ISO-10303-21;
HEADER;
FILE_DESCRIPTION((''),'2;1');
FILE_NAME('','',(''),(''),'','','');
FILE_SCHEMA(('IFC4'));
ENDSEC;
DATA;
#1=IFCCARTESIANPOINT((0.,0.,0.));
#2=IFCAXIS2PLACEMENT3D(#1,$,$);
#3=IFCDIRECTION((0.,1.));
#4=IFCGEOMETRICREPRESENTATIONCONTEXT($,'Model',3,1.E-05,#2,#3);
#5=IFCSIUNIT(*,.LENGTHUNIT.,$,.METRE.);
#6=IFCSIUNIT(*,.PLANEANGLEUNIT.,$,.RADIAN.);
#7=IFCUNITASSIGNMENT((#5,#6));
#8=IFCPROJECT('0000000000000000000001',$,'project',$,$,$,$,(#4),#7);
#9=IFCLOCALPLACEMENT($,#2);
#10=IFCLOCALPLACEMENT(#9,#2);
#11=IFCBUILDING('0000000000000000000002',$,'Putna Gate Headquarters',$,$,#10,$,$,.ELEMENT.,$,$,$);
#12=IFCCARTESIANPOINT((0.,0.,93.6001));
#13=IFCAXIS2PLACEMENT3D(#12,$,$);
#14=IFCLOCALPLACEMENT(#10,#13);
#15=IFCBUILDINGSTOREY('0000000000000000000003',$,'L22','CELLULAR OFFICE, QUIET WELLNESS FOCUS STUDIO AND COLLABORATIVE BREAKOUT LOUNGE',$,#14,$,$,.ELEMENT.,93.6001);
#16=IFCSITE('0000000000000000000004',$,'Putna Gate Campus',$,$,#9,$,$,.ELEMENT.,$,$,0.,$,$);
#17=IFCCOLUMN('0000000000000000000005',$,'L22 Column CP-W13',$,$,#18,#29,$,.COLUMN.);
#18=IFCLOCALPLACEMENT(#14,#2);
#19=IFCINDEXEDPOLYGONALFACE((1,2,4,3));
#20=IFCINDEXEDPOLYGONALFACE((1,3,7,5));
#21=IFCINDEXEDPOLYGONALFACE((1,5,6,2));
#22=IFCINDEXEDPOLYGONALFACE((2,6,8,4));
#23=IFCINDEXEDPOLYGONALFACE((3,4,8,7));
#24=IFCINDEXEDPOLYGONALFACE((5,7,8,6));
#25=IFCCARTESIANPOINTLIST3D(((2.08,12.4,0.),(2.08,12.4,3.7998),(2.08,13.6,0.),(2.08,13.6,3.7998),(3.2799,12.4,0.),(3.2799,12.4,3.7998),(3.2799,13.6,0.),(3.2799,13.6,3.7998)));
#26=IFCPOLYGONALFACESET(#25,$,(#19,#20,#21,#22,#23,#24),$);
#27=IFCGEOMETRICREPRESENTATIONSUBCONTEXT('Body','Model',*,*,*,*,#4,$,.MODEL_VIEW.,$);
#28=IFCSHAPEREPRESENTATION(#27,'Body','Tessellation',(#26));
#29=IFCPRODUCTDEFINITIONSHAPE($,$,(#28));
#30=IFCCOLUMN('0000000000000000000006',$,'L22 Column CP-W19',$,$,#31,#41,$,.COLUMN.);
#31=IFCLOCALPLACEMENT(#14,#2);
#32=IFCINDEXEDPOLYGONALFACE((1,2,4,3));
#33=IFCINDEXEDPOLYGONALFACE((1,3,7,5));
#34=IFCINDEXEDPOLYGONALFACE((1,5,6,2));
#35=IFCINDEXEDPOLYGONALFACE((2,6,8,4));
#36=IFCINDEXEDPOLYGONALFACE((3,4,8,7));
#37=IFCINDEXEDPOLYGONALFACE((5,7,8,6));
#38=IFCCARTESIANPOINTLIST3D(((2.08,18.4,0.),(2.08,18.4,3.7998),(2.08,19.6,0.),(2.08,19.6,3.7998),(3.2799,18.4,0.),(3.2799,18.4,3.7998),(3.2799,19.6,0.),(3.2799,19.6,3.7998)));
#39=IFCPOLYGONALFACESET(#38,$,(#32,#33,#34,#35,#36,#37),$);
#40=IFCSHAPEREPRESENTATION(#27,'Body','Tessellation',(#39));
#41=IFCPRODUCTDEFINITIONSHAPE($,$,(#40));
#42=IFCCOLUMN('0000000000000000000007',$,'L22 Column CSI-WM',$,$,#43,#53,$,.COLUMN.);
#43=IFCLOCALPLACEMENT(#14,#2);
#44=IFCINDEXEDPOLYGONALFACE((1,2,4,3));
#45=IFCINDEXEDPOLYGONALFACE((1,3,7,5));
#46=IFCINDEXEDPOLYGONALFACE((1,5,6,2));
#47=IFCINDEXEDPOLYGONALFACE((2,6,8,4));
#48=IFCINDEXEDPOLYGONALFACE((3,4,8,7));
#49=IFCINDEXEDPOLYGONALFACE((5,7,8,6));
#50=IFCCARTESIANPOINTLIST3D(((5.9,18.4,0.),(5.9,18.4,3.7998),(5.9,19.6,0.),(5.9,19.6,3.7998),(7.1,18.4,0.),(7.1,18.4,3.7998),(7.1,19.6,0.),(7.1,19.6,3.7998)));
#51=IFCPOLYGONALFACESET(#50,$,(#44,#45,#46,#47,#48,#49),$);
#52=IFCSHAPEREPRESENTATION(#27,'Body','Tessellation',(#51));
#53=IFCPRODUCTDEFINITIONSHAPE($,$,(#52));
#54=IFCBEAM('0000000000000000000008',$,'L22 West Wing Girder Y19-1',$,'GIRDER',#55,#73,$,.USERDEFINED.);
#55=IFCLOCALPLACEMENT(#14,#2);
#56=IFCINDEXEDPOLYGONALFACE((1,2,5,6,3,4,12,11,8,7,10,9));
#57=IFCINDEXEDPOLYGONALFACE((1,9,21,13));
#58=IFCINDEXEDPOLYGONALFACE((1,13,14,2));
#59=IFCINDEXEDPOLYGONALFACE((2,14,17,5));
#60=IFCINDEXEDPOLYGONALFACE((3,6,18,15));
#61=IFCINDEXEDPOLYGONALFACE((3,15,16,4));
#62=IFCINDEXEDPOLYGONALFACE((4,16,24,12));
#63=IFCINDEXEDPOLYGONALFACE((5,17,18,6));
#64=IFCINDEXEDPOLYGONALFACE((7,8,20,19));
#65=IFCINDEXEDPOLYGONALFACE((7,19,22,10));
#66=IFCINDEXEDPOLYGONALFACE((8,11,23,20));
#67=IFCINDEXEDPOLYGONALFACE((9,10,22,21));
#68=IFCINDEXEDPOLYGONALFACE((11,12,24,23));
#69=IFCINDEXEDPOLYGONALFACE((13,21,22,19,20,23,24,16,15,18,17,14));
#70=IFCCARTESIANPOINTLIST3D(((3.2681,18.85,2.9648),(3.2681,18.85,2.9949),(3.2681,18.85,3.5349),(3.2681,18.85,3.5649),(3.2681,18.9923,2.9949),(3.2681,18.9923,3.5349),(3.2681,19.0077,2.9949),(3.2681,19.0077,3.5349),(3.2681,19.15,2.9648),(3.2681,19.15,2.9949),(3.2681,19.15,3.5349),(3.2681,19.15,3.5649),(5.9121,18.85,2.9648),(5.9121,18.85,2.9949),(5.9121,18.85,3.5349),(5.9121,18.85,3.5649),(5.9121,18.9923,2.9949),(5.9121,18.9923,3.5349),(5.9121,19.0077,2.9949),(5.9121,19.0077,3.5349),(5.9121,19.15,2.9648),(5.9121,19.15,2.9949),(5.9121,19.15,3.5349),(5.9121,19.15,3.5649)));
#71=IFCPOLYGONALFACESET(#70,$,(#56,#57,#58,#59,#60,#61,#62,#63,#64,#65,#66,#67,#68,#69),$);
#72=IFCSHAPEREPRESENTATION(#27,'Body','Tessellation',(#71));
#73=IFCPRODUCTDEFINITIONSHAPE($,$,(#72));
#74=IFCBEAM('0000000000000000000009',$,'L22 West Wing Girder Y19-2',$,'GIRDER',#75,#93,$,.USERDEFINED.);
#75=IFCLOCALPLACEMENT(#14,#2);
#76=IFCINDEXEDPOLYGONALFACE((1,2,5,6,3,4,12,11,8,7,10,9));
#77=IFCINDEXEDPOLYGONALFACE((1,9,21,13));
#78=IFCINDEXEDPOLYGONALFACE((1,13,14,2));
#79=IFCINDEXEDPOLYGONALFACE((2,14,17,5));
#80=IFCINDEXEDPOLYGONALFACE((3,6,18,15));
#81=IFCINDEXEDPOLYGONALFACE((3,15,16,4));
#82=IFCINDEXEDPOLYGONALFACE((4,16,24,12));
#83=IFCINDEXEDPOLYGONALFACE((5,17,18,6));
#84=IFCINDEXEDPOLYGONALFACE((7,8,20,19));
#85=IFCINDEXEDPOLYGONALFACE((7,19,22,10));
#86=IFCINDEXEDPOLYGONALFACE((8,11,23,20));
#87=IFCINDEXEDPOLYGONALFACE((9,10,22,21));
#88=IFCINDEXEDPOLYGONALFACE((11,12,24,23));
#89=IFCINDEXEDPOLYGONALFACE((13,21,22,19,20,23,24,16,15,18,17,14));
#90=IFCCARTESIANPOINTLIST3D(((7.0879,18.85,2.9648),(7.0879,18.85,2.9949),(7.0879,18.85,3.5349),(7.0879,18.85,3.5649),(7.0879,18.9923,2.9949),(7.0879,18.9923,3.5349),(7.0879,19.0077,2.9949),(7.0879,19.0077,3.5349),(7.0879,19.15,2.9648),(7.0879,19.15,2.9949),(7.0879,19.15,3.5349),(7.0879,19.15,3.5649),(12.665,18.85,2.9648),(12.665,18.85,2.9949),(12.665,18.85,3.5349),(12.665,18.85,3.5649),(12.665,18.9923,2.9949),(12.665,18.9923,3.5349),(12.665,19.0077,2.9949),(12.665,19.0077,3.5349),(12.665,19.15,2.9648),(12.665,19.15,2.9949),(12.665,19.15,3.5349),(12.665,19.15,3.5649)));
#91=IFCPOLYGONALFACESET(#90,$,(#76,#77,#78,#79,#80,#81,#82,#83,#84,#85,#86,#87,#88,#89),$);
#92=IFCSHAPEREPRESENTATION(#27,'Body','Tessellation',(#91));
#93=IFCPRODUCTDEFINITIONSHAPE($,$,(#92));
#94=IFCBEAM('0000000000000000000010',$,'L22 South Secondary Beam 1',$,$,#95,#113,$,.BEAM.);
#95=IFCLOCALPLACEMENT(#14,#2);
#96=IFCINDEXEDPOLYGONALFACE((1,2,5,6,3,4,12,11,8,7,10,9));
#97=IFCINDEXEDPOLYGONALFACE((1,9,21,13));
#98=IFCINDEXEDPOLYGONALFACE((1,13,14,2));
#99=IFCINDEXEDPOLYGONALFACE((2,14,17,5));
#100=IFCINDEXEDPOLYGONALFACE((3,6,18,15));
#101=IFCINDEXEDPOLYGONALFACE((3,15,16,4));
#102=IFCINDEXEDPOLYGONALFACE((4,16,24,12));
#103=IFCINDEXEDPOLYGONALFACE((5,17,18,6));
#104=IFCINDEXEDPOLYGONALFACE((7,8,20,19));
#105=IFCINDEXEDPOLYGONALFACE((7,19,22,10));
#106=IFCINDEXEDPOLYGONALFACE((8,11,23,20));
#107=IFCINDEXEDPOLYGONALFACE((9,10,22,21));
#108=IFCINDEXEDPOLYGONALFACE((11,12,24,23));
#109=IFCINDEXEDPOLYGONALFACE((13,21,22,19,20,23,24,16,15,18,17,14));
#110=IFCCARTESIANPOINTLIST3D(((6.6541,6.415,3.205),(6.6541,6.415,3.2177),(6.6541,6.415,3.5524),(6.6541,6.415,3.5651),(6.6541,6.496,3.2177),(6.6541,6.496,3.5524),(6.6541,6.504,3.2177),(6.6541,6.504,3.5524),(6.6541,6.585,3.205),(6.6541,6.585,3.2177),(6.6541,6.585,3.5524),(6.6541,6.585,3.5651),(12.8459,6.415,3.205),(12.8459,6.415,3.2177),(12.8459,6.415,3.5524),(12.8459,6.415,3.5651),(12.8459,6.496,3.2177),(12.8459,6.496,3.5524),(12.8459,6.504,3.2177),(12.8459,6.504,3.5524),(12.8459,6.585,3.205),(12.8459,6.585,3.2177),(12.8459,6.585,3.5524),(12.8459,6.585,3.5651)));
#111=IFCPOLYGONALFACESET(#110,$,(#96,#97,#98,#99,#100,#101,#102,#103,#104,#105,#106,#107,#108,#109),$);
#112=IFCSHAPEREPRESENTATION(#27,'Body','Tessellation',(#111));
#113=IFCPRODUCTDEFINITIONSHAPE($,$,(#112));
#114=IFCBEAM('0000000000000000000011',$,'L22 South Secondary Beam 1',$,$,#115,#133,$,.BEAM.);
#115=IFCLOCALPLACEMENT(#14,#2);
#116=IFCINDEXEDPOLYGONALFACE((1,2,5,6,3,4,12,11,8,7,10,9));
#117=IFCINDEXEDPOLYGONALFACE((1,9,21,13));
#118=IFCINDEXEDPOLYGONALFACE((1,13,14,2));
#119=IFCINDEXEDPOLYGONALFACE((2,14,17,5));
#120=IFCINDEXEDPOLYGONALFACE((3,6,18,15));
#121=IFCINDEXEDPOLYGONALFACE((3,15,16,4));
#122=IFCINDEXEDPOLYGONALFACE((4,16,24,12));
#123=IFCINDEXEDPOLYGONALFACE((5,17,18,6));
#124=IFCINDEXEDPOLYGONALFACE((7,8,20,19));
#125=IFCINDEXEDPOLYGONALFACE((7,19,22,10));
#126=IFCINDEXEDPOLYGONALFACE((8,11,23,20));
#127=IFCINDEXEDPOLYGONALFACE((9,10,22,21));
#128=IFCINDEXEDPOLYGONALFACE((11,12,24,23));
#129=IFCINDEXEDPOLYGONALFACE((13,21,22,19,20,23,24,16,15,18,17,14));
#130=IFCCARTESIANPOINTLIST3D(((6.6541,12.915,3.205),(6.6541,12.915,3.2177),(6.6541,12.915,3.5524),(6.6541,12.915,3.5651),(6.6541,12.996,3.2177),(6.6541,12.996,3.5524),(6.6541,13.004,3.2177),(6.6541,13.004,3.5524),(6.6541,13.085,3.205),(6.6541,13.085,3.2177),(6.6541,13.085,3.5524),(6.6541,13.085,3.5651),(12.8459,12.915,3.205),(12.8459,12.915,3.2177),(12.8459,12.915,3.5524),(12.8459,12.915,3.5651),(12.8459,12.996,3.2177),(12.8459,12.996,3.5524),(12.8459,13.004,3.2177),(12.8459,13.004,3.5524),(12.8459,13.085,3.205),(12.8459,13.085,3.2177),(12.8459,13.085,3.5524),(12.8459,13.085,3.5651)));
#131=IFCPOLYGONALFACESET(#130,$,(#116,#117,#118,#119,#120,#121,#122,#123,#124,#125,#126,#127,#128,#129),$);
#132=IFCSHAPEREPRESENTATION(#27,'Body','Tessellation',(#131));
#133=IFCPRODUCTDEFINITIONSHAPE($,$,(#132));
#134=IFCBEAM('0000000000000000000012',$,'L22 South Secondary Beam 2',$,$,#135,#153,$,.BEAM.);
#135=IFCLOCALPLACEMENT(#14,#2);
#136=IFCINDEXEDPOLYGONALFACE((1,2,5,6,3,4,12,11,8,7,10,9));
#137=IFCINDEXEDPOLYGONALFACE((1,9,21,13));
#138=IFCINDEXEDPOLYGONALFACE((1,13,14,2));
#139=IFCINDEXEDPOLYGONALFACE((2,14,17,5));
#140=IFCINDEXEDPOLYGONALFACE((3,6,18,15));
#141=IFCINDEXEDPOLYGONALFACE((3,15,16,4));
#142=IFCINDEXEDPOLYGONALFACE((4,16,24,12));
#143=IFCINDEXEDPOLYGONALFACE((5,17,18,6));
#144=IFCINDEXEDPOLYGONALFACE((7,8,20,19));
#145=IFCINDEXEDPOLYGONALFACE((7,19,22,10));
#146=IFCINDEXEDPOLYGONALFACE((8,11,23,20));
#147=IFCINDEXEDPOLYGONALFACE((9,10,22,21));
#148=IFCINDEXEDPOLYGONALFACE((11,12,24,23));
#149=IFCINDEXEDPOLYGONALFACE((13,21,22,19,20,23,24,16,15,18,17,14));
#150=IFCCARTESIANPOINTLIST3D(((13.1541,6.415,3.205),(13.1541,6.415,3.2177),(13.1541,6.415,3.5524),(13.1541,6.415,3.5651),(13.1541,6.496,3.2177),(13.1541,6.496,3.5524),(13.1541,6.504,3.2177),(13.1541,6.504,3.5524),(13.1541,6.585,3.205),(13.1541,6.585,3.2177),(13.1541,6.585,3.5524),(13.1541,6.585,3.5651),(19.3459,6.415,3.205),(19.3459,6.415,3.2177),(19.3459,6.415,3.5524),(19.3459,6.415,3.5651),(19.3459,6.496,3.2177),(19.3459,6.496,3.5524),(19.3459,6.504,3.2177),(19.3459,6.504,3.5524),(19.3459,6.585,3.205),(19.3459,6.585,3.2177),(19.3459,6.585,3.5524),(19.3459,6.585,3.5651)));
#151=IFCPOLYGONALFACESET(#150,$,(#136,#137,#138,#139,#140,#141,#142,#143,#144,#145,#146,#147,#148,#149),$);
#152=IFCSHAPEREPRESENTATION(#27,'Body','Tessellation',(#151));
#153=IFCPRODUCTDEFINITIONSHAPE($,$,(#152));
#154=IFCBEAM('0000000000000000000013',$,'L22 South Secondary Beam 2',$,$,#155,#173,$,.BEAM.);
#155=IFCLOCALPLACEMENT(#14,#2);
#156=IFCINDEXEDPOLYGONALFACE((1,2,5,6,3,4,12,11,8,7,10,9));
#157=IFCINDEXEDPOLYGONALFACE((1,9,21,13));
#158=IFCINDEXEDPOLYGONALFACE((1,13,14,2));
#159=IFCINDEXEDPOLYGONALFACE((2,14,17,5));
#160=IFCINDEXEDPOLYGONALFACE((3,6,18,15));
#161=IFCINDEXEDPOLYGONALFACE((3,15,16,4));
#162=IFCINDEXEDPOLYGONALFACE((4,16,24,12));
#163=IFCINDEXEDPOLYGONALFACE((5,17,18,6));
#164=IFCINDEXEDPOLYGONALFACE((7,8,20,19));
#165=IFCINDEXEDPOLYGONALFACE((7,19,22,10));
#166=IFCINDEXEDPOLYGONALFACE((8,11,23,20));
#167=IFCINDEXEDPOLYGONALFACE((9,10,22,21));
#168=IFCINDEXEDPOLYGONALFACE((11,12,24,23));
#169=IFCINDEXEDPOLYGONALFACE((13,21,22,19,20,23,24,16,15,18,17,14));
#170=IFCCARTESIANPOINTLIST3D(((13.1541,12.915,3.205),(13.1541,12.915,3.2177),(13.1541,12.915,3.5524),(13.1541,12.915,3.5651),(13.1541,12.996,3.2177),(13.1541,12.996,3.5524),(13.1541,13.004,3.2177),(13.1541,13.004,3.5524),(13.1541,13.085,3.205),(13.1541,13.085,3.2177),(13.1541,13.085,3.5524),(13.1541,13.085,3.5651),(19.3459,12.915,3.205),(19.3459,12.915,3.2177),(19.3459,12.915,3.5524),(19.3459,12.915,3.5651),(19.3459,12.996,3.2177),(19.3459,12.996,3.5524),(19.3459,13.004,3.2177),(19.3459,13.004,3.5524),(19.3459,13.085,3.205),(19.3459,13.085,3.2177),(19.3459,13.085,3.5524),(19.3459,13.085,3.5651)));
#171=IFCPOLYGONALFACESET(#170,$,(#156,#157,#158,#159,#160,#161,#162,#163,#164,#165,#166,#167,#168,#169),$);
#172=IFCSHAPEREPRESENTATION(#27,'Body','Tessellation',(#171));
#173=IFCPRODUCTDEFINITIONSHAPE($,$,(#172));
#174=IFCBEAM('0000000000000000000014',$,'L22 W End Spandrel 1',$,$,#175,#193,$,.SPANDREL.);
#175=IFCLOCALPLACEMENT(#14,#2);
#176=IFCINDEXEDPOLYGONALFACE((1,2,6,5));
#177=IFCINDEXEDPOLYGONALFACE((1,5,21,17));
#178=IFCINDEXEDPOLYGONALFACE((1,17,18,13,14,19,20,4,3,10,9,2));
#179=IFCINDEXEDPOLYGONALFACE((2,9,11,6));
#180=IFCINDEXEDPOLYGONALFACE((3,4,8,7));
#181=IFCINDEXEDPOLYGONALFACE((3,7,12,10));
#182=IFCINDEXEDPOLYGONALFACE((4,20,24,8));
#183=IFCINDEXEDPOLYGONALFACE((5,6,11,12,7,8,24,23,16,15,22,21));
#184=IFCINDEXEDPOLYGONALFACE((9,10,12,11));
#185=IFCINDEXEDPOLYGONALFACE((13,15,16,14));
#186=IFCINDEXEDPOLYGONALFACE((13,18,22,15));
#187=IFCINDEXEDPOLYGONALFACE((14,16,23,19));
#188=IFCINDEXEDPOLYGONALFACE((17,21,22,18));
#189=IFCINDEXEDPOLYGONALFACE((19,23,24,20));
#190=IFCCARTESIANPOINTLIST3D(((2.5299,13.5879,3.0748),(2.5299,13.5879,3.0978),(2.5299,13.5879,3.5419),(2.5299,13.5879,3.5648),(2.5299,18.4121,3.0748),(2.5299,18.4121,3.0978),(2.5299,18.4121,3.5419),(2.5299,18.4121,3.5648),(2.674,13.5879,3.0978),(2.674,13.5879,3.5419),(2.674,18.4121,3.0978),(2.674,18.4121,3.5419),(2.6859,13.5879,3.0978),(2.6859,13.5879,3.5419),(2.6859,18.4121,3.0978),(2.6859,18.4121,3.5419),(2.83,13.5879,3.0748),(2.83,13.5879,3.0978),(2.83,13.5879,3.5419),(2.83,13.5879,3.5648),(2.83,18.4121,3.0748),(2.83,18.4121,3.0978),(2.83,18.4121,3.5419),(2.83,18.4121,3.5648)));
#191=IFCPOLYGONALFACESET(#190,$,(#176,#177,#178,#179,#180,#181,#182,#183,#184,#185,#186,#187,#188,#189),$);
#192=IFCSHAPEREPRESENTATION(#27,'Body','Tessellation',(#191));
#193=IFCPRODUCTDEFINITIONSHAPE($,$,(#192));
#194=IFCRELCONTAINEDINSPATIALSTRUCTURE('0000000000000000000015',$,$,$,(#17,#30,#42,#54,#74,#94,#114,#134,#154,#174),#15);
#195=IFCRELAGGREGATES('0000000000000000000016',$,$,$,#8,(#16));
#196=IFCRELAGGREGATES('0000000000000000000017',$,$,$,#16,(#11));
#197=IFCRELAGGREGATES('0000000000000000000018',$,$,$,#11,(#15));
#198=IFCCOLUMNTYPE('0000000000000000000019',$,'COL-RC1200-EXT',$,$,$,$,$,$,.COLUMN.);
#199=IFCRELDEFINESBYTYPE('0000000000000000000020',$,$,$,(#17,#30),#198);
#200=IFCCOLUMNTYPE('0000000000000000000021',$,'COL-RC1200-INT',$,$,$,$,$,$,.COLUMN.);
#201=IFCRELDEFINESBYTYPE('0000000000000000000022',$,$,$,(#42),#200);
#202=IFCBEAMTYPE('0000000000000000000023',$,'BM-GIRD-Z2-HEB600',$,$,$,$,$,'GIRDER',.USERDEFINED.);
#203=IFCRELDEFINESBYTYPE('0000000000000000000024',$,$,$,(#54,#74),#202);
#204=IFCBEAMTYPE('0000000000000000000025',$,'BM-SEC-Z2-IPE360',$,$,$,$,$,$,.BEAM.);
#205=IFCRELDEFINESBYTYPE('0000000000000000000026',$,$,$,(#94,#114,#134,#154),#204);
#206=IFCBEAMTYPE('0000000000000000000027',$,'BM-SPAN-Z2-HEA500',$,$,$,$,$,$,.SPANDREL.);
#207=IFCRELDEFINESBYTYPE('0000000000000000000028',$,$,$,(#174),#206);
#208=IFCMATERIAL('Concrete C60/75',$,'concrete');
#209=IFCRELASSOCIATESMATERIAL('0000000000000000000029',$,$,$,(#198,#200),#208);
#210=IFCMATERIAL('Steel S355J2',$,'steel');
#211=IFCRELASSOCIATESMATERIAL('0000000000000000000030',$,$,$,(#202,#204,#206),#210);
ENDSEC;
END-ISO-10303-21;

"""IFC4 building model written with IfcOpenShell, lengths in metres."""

from ifc_helpers import new_model, si_unit, direction, frame, origin, origin_2d, place, context, subcontext, project, spatial, rectangle, i_section, extrude, material, material_profile, profile_set, type_object, element, save


model = new_model("IFC4")

# Units and contexts
model_context = context("Model", 3, precision=1e-05, world=origin(), true_north=direction((0.0, 1.0)))
body_context = subcontext(model_context, "Body", "Model", "MODEL_VIEW")
ifc_project = project(units=[si_unit("LENGTHUNIT", "METRE"), si_unit("PLANEANGLEUNIT", "RADIAN")], contexts=[model_context])

# Site, building, storey
site_placement = place(None, origin())
site = spatial("IfcSite", under=ifc_project, at=site_placement, Name="Putna Gate Campus", CompositionType="ELEMENT", RefElevation=0.0)
building_placement = place(site_placement, origin())
building = spatial("IfcBuilding", under=site, at=building_placement, Name="Putna Gate Headquarters", CompositionType="ELEMENT")
storey_placement = place(building_placement, frame((0.0, 0.0, 93.6001)))
storey = spatial("IfcBuildingStorey", under=building, at=storey_placement, Name="L22", Description="CELLULAR OFFICE, QUIET WELLNESS FOCUS STUDIO AND COLLABORATIVE BREAKOUT LOUNGE", CompositionType="ELEMENT", Elevation=93.6001)

# Columns
ifc_material_1 = material(Name="Concrete C60/75", Category="concrete")
ifc_material_profile_1 = material_profile(ifc_material_1, rectangle(XDim=1.2, YDim=1.2, at=origin_2d()), Name="Concrete C60/75")
ifc_profile_set_1 = profile_set([ifc_material_profile_1], Name="Concrete C60/75")
column_type_1 = type_object("IfcColumnType", Name="COL-RC1200-EXT", PredefinedType="COLUMN", material=ifc_profile_set_1)
for number, where, z_axis, x_axis, name in (
    (1, (2.6799, 13.0, 0.0), (0.0, 0.0, 1.0), (1.0, 0.0, 0.0), "L22 Column CP-W13"),
    (2, (2.6799, 19.0, 0.0), (0.0, 0.0, 1.0), (1.0, 0.0, 0.0), "L22 Column CP-W19"),
):
    element("IfcColumn", number, at=place(storey_placement, frame(where, z_axis=z_axis, x_axis=x_axis)), inside=storey, type_object=column_type_1, Name=name, PredefinedType="COLUMN", context=body_context, shape_type="SweptSolid", body=[
        extrude(rectangle(XDim=1.2, YDim=1.2, at=origin_2d()), origin(), (0.0, 0.0, 1.0), 3.7998),
    ])
ifc_material_profile_2 = material_profile(ifc_material_1, rectangle(XDim=1.2, YDim=1.2, at=origin_2d()), Name="Concrete C60/75")
ifc_profile_set_2 = profile_set([ifc_material_profile_2], Name="Concrete C60/75")
column_type_2 = type_object("IfcColumnType", Name="COL-RC1200-INT", PredefinedType="COLUMN", material=ifc_profile_set_2)
column_placement = place(storey_placement, frame((6.5, 19.0, 0.0), z_axis=(0.0, 0.0, 1.0), x_axis=(1.0, 0.0, 0.0)))
element("IfcColumn", 3, at=column_placement, inside=storey, type_object=column_type_2, Name="L22 Column CSI-WM", PredefinedType="COLUMN", context=body_context, shape_type="SweptSolid", body=[
    extrude(rectangle(XDim=1.2, YDim=1.2, at=origin_2d()), origin(), (0.0, 0.0, 1.0), 3.7998),
])

# Beams
ifc_material_2 = material(Name="Steel S355J2", Category="steel")
ifc_material_profile_3 = material_profile(ifc_material_2, i_section(OverallWidth=0.3, OverallDepth=0.6001, WebThickness=0.0154, FlangeThickness=0.03, at=origin_2d()), Name="Steel S355J2")
ifc_profile_set_3 = profile_set([ifc_material_profile_3], Name="Steel S355J2")
beam_type_1 = type_object("IfcBeamType", Name="BM-GIRD-Z2-HEB600", ElementType="GIRDER", PredefinedType="USERDEFINED", material=ifc_profile_set_3)
beam_1_placement = place(storey_placement, frame((3.2681, 19.0, 3.2649), z_axis=(1.0, 0.0, 0.0), x_axis=(0.0, 1.0, 0.0)))
element("IfcBeam", 4, at=beam_1_placement, inside=storey, type_object=beam_type_1, Name="L22 West Wing Girder Y19-1", ObjectType="GIRDER", PredefinedType="USERDEFINED", context=body_context, shape_type="SweptSolid", body=[
    extrude(i_section(OverallWidth=0.3, OverallDepth=0.6001, WebThickness=0.0154, FlangeThickness=0.03, at=origin_2d()), origin(), (0.0, 0.0, 1.0), 2.644),
])
beam_2_placement = place(storey_placement, frame((7.0879, 19.0, 3.2649), z_axis=(1.0, 0.0, 0.0), x_axis=(0.0, 1.0, 0.0)))
element("IfcBeam", 5, at=beam_2_placement, inside=storey, type_object=beam_type_1, Name="L22 West Wing Girder Y19-2", ObjectType="GIRDER", PredefinedType="USERDEFINED", context=body_context, shape_type="SweptSolid", body=[
    extrude(i_section(OverallWidth=0.3, OverallDepth=0.6001, WebThickness=0.0154, FlangeThickness=0.03, at=origin_2d()), origin(), (0.0, 0.0, 1.0), 5.5771),
])
ifc_material_profile_4 = material_profile(ifc_material_2, i_section(OverallWidth=0.1699, OverallDepth=0.3601, WebThickness=0.0081, FlangeThickness=0.0127, at=origin_2d()), Name="Steel S355J2")
ifc_profile_set_4 = profile_set([ifc_material_profile_4], Name="Steel S355J2")
beam_type_2 = type_object("IfcBeamType", Name="BM-SEC-Z2-IPE360", PredefinedType="BEAM", material=ifc_profile_set_4)
for number, where, z_axis, x_axis, name in (
    (6, (6.6541, 6.5, 3.385), (1.0, 0.0, 0.0), (0.0, 1.0, 0.0), "L22 South Secondary Beam 1"),
    (7, (6.6541, 13.0, 3.385), (1.0, 0.0, 0.0), (0.0, 1.0, 0.0), "L22 South Secondary Beam 1"),
    (8, (13.1541, 6.5, 3.385), (1.0, 0.0, 0.0), (0.0, 1.0, 0.0), "L22 South Secondary Beam 2"),
    (9, (13.1541, 13.0, 3.385), (1.0, 0.0, 0.0), (0.0, 1.0, 0.0), "L22 South Secondary Beam 2"),
):
    element("IfcBeam", number, at=place(storey_placement, frame(where, z_axis=z_axis, x_axis=x_axis)), inside=storey, type_object=beam_type_2, Name=name, PredefinedType="BEAM", context=body_context, shape_type="SweptSolid", body=[
        extrude(i_section(OverallWidth=0.1699, OverallDepth=0.3601, WebThickness=0.0081, FlangeThickness=0.0127, at=origin_2d()), origin(), (0.0, 0.0, 1.0), 6.1919),
    ])
ifc_material_profile_5 = material_profile(ifc_material_2, i_section(OverallWidth=0.3, OverallDepth=0.49, WebThickness=0.012, FlangeThickness=0.0229, at=origin_2d()), Name="Steel S355J2")
ifc_profile_set_5 = profile_set([ifc_material_profile_5], Name="Steel S355J2")
beam_type_3 = type_object("IfcBeamType", Name="BM-SPAN-Z2-HEA500", PredefinedType="SPANDREL", material=ifc_profile_set_5)
beam_3_placement = place(storey_placement, frame((2.6799, 13.5879, 3.3198), z_axis=(0.0, 1.0, 0.0), x_axis=(-1.0, 0.0, 0.0)))
element("IfcBeam", 10, at=beam_3_placement, inside=storey, type_object=beam_type_3, Name="L22 W End Spandrel 1", PredefinedType="SPANDREL", context=body_context, shape_type="SweptSolid", body=[
    extrude(i_section(OverallWidth=0.3, OverallDepth=0.49, WebThickness=0.012, FlangeThickness=0.0229, at=origin_2d()), origin(), (0.0, 0.0, 1.0), 4.8242),
])

save(model, "model.ifc")
